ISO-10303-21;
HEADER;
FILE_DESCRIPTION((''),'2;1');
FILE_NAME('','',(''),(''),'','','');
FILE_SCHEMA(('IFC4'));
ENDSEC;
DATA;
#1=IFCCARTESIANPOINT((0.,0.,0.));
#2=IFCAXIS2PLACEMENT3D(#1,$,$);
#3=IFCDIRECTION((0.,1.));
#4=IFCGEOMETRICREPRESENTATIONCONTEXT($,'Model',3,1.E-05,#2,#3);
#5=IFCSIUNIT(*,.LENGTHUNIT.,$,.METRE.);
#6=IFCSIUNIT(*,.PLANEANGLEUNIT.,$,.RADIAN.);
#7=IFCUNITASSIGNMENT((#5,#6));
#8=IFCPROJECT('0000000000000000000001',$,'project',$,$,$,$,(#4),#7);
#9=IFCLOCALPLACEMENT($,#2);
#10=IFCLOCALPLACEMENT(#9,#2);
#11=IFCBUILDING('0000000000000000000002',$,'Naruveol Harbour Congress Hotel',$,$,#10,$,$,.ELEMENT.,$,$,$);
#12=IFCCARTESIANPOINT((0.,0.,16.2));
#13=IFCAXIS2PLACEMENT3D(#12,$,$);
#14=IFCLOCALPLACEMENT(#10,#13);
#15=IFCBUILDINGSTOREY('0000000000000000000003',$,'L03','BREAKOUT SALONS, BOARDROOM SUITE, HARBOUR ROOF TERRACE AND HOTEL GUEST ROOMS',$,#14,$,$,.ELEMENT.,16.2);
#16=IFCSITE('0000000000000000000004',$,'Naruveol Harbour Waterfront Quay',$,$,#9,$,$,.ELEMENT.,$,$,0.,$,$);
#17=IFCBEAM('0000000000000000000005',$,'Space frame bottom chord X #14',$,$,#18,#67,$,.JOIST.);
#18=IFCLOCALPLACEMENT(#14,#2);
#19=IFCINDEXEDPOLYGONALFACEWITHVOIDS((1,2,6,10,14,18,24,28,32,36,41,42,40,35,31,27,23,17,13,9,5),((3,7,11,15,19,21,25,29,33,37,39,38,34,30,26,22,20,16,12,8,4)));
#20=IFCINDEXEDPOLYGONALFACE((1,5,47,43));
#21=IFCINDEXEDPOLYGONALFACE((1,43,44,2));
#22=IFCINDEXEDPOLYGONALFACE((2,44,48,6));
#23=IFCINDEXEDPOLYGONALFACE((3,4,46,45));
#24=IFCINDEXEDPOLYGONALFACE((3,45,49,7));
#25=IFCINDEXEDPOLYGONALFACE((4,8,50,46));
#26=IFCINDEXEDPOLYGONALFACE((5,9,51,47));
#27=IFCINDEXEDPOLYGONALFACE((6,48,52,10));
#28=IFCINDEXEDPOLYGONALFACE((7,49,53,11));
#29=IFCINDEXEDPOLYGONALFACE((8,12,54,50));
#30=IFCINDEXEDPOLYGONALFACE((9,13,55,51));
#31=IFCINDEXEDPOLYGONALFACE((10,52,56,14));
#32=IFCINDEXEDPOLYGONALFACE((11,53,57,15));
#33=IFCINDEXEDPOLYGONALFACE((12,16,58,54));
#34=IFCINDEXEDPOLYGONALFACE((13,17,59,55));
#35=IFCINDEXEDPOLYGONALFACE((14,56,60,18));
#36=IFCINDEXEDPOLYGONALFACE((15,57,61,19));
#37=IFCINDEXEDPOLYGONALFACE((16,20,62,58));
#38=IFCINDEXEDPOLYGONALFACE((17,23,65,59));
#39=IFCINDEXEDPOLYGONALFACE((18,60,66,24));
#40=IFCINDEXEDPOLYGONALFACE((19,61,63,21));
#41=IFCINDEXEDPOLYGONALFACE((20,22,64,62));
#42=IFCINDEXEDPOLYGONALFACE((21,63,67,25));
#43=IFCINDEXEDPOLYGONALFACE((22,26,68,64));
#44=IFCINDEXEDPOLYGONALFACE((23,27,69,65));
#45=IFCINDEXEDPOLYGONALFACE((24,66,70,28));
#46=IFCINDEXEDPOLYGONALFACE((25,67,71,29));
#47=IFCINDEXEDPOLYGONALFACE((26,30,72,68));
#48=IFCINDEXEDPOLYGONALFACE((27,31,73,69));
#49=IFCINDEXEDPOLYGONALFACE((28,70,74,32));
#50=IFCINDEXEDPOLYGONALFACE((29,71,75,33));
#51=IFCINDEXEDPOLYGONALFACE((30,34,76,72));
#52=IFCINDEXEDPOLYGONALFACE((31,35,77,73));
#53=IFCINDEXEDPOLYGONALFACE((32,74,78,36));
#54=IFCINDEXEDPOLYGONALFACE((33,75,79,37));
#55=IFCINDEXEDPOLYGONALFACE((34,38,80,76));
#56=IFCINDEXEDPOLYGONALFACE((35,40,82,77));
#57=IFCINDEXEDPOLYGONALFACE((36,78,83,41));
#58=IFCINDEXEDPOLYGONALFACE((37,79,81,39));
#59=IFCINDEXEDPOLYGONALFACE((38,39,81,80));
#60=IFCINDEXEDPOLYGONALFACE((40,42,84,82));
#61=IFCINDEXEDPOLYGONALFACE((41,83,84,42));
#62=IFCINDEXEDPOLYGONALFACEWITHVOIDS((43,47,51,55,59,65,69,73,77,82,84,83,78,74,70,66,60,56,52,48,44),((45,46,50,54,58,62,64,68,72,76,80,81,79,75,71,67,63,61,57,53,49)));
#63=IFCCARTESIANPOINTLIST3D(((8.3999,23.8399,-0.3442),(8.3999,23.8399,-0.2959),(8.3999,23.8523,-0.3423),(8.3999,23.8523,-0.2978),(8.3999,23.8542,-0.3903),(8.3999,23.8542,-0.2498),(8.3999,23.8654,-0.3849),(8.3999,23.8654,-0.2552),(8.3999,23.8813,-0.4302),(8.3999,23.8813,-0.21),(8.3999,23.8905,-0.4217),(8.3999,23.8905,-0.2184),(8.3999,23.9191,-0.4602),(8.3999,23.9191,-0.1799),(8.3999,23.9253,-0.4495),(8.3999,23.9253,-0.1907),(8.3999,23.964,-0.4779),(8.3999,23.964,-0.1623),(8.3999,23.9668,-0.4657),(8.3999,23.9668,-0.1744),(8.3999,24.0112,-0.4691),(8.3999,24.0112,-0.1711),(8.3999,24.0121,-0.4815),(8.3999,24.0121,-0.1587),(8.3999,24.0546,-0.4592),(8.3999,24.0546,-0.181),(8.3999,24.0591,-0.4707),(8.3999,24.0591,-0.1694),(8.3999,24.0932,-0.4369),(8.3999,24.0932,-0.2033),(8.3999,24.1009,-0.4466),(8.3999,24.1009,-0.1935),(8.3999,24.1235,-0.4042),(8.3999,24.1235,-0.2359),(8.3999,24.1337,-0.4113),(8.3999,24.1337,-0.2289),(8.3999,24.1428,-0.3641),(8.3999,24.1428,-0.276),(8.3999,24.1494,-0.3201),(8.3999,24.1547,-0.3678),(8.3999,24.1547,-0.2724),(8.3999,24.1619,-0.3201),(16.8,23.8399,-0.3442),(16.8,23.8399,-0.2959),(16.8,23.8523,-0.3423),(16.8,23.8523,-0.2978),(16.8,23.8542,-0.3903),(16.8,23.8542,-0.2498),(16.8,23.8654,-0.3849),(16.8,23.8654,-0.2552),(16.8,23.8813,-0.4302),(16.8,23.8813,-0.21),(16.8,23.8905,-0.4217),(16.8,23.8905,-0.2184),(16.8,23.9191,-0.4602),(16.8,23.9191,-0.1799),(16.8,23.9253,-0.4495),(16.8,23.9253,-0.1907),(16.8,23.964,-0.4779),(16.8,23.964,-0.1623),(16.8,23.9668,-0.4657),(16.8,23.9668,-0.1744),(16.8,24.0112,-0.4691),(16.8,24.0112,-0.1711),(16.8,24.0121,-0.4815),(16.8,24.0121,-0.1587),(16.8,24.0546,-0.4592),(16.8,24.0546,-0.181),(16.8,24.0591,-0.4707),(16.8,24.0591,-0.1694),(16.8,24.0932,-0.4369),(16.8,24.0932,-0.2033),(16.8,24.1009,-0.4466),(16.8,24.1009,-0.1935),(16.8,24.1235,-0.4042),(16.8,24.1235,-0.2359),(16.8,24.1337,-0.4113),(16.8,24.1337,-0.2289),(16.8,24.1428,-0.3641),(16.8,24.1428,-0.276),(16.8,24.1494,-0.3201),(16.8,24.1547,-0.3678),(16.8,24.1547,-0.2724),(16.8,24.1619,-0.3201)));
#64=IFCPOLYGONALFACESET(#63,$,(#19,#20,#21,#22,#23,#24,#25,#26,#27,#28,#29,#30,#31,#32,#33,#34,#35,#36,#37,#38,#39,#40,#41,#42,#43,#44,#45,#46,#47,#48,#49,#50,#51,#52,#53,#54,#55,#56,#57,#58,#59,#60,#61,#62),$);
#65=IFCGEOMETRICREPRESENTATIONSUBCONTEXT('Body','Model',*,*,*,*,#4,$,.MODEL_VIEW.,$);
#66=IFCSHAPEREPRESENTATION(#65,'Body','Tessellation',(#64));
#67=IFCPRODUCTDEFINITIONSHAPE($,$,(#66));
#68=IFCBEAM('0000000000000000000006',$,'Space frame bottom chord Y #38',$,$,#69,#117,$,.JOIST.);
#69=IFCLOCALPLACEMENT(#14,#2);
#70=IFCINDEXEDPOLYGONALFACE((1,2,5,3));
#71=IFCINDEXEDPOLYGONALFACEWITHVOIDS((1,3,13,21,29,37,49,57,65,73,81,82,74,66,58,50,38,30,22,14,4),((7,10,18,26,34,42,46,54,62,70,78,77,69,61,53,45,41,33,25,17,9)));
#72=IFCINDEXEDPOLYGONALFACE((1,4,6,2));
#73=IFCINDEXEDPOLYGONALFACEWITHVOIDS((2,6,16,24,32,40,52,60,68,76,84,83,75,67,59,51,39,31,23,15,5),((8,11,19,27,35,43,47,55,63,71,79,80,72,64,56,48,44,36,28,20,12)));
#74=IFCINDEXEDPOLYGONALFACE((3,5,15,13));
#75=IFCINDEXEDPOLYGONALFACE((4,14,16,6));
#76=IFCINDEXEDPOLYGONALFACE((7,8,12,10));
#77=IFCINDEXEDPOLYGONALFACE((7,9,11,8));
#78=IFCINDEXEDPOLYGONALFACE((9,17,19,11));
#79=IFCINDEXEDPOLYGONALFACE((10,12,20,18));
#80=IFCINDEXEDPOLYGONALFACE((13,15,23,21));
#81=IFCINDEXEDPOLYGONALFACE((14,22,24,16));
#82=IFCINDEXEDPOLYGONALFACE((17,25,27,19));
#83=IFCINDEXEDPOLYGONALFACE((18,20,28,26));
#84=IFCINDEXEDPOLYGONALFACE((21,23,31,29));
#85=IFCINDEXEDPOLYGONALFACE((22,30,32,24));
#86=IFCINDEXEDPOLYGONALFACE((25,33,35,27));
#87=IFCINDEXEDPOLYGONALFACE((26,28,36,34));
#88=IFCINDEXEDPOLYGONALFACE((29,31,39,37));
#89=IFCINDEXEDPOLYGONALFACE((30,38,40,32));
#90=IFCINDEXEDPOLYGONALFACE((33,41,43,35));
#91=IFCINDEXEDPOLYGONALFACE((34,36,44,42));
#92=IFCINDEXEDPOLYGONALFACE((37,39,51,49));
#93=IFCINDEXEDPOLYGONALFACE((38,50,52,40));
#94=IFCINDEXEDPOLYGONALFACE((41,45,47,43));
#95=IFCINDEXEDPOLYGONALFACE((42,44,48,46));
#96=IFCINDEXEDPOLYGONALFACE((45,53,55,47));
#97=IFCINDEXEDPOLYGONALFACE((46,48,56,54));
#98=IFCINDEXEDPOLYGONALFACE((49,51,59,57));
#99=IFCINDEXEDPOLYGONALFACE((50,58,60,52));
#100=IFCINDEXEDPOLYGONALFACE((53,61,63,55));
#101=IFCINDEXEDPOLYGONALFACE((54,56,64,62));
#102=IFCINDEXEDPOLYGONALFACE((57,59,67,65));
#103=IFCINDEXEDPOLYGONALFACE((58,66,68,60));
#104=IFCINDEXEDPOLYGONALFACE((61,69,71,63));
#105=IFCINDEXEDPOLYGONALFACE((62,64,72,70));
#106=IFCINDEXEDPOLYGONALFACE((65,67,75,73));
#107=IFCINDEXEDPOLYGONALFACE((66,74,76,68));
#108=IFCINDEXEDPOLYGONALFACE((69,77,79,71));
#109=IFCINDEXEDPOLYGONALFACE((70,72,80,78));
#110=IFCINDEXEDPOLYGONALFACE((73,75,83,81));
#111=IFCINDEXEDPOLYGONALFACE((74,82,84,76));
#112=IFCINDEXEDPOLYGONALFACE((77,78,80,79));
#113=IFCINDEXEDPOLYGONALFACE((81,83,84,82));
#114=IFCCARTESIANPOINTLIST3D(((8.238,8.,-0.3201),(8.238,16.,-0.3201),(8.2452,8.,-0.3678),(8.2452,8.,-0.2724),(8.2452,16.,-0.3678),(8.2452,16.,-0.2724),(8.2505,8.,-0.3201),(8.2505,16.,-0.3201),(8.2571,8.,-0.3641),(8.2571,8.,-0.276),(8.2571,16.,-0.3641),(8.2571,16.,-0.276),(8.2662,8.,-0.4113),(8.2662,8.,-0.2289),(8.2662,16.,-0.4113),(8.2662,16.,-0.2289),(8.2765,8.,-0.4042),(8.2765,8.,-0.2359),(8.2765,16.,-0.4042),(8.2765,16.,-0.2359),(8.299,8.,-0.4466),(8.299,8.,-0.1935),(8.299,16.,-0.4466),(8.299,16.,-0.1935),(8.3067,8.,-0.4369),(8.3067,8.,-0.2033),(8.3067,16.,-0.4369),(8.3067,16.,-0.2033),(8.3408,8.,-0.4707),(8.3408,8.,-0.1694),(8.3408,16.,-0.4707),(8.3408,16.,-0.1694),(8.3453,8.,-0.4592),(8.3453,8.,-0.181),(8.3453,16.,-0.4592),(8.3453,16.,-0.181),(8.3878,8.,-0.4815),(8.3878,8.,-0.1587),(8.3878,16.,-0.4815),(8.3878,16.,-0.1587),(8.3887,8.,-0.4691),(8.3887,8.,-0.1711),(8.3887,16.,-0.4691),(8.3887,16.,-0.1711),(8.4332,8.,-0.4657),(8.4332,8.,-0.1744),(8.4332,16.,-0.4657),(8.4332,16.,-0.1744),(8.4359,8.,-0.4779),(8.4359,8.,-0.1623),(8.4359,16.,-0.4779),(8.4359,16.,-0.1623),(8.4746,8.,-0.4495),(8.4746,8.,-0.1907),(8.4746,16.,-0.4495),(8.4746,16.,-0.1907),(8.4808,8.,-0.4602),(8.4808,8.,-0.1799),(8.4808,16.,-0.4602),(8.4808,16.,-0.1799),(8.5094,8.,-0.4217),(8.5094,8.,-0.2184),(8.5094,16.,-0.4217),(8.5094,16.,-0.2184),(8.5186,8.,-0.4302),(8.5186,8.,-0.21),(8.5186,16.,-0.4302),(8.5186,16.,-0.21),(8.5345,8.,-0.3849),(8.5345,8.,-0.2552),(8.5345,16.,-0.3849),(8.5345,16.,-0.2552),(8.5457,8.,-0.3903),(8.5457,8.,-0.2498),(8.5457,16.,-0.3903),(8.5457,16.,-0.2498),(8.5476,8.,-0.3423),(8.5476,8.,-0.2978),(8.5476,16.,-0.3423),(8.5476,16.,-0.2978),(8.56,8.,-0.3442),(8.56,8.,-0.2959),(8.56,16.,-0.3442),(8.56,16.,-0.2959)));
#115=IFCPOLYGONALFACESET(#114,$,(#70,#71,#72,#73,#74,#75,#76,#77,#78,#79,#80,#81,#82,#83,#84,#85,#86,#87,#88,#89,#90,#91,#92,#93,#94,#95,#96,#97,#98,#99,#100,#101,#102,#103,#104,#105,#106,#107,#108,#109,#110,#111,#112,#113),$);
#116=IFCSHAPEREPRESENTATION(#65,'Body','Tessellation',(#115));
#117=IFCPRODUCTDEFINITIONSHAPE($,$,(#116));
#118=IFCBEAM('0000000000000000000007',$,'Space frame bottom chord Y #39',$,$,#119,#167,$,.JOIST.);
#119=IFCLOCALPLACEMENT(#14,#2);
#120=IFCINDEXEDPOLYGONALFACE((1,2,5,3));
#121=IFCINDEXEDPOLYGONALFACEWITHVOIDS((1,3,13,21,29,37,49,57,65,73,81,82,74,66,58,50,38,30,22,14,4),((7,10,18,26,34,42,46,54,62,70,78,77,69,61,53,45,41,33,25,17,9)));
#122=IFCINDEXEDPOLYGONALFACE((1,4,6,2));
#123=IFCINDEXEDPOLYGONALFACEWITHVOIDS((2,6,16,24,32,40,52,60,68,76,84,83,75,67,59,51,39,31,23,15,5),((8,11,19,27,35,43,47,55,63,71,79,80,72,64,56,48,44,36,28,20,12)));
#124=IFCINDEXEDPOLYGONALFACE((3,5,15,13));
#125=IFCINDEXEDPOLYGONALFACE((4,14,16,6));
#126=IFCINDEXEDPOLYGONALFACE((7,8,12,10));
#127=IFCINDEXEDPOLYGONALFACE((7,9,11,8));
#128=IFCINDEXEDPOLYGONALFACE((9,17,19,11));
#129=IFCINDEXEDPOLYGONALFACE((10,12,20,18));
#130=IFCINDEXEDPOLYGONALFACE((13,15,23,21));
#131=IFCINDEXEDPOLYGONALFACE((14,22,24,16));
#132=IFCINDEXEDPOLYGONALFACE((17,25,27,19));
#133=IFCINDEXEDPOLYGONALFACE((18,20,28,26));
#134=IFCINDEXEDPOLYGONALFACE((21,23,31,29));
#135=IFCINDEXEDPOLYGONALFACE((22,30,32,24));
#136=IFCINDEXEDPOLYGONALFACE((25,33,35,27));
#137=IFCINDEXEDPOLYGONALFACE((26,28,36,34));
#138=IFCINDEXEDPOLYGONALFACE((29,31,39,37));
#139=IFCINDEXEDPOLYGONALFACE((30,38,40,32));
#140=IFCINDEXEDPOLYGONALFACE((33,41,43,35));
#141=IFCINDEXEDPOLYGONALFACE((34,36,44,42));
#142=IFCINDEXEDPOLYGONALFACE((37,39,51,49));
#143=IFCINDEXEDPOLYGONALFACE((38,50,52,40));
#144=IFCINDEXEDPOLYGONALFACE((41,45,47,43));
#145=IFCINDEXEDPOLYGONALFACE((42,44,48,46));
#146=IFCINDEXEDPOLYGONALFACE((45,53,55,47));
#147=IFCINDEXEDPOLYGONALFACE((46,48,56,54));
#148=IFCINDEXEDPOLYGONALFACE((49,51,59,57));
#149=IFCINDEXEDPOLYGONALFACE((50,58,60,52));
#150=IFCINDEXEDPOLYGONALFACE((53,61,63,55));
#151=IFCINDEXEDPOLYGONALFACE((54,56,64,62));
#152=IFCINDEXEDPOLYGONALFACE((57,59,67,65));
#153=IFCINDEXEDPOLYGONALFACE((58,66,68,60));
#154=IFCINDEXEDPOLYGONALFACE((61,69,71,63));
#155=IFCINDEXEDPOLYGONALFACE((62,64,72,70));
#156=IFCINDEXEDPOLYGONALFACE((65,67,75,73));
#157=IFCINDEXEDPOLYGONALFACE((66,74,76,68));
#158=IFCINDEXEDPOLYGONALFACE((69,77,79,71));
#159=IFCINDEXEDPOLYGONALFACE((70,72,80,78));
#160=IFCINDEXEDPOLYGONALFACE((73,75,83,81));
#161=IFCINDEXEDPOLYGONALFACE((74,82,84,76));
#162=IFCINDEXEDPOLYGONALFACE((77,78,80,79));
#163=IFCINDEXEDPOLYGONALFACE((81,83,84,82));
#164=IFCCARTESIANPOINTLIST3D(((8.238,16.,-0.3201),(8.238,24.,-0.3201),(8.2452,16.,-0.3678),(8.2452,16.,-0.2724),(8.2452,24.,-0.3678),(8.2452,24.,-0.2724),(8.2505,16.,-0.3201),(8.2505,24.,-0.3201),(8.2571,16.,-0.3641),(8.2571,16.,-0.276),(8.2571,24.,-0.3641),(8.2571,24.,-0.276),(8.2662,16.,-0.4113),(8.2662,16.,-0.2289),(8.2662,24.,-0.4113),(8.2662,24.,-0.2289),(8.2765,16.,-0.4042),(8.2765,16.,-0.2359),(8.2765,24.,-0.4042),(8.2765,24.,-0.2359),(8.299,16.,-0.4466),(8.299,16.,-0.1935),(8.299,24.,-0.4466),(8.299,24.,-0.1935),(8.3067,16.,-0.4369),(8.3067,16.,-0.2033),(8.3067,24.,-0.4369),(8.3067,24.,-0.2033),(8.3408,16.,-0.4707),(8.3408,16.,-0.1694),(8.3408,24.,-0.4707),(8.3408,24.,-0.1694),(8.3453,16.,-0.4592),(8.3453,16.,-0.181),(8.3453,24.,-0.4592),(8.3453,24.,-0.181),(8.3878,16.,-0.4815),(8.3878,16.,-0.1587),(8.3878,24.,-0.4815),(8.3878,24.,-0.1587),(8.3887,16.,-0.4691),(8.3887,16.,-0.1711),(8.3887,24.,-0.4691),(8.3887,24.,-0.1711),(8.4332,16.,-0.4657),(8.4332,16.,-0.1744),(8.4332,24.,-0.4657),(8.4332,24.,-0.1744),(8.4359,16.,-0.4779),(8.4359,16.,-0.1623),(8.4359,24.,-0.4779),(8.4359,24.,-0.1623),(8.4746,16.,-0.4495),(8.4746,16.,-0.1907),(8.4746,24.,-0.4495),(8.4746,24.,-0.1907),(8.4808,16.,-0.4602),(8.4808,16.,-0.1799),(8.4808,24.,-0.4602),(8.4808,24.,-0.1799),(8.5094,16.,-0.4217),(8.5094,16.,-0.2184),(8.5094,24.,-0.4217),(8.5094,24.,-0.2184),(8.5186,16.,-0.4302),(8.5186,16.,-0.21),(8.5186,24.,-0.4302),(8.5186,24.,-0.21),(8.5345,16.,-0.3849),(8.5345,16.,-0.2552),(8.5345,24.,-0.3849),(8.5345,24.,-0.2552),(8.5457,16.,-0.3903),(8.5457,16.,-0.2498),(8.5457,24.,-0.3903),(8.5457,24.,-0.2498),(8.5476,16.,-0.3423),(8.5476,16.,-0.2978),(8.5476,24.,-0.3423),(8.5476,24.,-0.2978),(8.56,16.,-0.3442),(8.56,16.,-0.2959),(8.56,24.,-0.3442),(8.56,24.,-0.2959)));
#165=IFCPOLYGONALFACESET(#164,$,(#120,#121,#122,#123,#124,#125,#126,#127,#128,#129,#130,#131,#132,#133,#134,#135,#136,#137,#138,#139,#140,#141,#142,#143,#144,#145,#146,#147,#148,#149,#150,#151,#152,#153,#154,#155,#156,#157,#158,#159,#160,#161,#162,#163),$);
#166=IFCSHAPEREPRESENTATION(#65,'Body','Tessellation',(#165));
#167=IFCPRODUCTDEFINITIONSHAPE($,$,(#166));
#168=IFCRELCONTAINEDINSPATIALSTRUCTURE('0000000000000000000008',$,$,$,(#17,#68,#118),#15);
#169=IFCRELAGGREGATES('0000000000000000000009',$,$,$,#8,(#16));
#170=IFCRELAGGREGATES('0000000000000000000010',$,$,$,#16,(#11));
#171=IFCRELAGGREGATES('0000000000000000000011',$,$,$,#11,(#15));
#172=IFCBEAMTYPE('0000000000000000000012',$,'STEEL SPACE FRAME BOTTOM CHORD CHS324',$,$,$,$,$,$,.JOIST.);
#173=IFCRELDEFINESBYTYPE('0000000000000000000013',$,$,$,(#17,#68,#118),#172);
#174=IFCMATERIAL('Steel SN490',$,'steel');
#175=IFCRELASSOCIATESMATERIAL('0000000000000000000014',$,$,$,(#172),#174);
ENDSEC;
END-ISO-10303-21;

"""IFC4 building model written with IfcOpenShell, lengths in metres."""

from ifc_helpers import new_model, si_unit, direction, frame, origin, origin_2d, place, context, subcontext, project, spatial, hollow_circle, extrude, material, material_profile, profile_set, type_object, element, save


model = new_model("IFC4")

# Units and contexts
model_context = context("Model", 3, precision=1e-05, world=origin(), true_north=direction((0.0, 1.0)))
body_context = subcontext(model_context, "Body", "Model", "MODEL_VIEW")
ifc_project = project(units=[si_unit("LENGTHUNIT", "METRE"), si_unit("PLANEANGLEUNIT", "RADIAN")], contexts=[model_context])

# Site, building, storey
site_placement = place(None, origin())
site = spatial("IfcSite", under=ifc_project, at=site_placement, Name="Naruveol Harbour Waterfront Quay", CompositionType="ELEMENT", RefElevation=0.0)
building_placement = place(site_placement, origin())
building = spatial("IfcBuilding", under=site, at=building_placement, Name="Naruveol Harbour Congress Hotel", CompositionType="ELEMENT")
storey_placement = place(building_placement, frame((0.0, 0.0, 16.2)))
storey = spatial("IfcBuildingStorey", under=building, at=storey_placement, Name="L03", Description="BREAKOUT SALONS, BOARDROOM SUITE, HARBOUR ROOF TERRACE AND HOTEL GUEST ROOMS", CompositionType="ELEMENT", Elevation=16.2)

# Beams
ifc_material_1 = material(Name="Steel SN490", Category="steel")
ifc_material_profile_1 = material_profile(ifc_material_1, hollow_circle(Radius=0.1619, WallThickness=0.0125, at=origin_2d()), Name="CHS-323.9x12.5")
ifc_profile_set_1 = profile_set([ifc_material_profile_1], Name="Steel SN490")
beam_type_1 = type_object("IfcBeamType", Name="STEEL SPACE FRAME BOTTOM CHORD CHS324", PredefinedType="JOIST", material=ifc_profile_set_1)
beam_1_placement = place(storey_placement, frame((8.3999, 24.0, -0.3201), z_axis=(1.0, 0.0, 0.0), x_axis=(0.0, 1.0, 0.0)))
element("IfcBeam", 1, at=beam_1_placement, inside=storey, type_object=beam_type_1, Name="Space frame bottom chord X #14", PredefinedType="JOIST", context=body_context, shape_type="SweptSolid", body=[
    extrude(hollow_circle(Radius=0.1619, WallThickness=0.0125, at=origin_2d()), origin(), (0.0, 0.0, 1.0), 8.4001),
])
for number, where, z_axis, x_axis, name in (
    (2, (8.3999, 8.0, -0.3201), (0.0, 1.0, 0.0), (-1.0, 0.0, 0.0), "Space frame bottom chord Y #38"),
    (3, (8.3999, 16.0, -0.3201), (0.0, 1.0, 0.0), (-1.0, 0.0, 0.0), "Space frame bottom chord Y #39"),
):
    element("IfcBeam", number, at=place(storey_placement, frame(where, z_axis=z_axis, x_axis=x_axis)), inside=storey, type_object=beam_type_1, Name=name, PredefinedType="JOIST", context=body_context, shape_type="SweptSolid", body=[
        extrude(hollow_circle(Radius=0.1619, WallThickness=0.0125, at=origin_2d()), origin(), (0.0, 0.0, 1.0), 8.0),
    ])

save(model, "model.ifc")
